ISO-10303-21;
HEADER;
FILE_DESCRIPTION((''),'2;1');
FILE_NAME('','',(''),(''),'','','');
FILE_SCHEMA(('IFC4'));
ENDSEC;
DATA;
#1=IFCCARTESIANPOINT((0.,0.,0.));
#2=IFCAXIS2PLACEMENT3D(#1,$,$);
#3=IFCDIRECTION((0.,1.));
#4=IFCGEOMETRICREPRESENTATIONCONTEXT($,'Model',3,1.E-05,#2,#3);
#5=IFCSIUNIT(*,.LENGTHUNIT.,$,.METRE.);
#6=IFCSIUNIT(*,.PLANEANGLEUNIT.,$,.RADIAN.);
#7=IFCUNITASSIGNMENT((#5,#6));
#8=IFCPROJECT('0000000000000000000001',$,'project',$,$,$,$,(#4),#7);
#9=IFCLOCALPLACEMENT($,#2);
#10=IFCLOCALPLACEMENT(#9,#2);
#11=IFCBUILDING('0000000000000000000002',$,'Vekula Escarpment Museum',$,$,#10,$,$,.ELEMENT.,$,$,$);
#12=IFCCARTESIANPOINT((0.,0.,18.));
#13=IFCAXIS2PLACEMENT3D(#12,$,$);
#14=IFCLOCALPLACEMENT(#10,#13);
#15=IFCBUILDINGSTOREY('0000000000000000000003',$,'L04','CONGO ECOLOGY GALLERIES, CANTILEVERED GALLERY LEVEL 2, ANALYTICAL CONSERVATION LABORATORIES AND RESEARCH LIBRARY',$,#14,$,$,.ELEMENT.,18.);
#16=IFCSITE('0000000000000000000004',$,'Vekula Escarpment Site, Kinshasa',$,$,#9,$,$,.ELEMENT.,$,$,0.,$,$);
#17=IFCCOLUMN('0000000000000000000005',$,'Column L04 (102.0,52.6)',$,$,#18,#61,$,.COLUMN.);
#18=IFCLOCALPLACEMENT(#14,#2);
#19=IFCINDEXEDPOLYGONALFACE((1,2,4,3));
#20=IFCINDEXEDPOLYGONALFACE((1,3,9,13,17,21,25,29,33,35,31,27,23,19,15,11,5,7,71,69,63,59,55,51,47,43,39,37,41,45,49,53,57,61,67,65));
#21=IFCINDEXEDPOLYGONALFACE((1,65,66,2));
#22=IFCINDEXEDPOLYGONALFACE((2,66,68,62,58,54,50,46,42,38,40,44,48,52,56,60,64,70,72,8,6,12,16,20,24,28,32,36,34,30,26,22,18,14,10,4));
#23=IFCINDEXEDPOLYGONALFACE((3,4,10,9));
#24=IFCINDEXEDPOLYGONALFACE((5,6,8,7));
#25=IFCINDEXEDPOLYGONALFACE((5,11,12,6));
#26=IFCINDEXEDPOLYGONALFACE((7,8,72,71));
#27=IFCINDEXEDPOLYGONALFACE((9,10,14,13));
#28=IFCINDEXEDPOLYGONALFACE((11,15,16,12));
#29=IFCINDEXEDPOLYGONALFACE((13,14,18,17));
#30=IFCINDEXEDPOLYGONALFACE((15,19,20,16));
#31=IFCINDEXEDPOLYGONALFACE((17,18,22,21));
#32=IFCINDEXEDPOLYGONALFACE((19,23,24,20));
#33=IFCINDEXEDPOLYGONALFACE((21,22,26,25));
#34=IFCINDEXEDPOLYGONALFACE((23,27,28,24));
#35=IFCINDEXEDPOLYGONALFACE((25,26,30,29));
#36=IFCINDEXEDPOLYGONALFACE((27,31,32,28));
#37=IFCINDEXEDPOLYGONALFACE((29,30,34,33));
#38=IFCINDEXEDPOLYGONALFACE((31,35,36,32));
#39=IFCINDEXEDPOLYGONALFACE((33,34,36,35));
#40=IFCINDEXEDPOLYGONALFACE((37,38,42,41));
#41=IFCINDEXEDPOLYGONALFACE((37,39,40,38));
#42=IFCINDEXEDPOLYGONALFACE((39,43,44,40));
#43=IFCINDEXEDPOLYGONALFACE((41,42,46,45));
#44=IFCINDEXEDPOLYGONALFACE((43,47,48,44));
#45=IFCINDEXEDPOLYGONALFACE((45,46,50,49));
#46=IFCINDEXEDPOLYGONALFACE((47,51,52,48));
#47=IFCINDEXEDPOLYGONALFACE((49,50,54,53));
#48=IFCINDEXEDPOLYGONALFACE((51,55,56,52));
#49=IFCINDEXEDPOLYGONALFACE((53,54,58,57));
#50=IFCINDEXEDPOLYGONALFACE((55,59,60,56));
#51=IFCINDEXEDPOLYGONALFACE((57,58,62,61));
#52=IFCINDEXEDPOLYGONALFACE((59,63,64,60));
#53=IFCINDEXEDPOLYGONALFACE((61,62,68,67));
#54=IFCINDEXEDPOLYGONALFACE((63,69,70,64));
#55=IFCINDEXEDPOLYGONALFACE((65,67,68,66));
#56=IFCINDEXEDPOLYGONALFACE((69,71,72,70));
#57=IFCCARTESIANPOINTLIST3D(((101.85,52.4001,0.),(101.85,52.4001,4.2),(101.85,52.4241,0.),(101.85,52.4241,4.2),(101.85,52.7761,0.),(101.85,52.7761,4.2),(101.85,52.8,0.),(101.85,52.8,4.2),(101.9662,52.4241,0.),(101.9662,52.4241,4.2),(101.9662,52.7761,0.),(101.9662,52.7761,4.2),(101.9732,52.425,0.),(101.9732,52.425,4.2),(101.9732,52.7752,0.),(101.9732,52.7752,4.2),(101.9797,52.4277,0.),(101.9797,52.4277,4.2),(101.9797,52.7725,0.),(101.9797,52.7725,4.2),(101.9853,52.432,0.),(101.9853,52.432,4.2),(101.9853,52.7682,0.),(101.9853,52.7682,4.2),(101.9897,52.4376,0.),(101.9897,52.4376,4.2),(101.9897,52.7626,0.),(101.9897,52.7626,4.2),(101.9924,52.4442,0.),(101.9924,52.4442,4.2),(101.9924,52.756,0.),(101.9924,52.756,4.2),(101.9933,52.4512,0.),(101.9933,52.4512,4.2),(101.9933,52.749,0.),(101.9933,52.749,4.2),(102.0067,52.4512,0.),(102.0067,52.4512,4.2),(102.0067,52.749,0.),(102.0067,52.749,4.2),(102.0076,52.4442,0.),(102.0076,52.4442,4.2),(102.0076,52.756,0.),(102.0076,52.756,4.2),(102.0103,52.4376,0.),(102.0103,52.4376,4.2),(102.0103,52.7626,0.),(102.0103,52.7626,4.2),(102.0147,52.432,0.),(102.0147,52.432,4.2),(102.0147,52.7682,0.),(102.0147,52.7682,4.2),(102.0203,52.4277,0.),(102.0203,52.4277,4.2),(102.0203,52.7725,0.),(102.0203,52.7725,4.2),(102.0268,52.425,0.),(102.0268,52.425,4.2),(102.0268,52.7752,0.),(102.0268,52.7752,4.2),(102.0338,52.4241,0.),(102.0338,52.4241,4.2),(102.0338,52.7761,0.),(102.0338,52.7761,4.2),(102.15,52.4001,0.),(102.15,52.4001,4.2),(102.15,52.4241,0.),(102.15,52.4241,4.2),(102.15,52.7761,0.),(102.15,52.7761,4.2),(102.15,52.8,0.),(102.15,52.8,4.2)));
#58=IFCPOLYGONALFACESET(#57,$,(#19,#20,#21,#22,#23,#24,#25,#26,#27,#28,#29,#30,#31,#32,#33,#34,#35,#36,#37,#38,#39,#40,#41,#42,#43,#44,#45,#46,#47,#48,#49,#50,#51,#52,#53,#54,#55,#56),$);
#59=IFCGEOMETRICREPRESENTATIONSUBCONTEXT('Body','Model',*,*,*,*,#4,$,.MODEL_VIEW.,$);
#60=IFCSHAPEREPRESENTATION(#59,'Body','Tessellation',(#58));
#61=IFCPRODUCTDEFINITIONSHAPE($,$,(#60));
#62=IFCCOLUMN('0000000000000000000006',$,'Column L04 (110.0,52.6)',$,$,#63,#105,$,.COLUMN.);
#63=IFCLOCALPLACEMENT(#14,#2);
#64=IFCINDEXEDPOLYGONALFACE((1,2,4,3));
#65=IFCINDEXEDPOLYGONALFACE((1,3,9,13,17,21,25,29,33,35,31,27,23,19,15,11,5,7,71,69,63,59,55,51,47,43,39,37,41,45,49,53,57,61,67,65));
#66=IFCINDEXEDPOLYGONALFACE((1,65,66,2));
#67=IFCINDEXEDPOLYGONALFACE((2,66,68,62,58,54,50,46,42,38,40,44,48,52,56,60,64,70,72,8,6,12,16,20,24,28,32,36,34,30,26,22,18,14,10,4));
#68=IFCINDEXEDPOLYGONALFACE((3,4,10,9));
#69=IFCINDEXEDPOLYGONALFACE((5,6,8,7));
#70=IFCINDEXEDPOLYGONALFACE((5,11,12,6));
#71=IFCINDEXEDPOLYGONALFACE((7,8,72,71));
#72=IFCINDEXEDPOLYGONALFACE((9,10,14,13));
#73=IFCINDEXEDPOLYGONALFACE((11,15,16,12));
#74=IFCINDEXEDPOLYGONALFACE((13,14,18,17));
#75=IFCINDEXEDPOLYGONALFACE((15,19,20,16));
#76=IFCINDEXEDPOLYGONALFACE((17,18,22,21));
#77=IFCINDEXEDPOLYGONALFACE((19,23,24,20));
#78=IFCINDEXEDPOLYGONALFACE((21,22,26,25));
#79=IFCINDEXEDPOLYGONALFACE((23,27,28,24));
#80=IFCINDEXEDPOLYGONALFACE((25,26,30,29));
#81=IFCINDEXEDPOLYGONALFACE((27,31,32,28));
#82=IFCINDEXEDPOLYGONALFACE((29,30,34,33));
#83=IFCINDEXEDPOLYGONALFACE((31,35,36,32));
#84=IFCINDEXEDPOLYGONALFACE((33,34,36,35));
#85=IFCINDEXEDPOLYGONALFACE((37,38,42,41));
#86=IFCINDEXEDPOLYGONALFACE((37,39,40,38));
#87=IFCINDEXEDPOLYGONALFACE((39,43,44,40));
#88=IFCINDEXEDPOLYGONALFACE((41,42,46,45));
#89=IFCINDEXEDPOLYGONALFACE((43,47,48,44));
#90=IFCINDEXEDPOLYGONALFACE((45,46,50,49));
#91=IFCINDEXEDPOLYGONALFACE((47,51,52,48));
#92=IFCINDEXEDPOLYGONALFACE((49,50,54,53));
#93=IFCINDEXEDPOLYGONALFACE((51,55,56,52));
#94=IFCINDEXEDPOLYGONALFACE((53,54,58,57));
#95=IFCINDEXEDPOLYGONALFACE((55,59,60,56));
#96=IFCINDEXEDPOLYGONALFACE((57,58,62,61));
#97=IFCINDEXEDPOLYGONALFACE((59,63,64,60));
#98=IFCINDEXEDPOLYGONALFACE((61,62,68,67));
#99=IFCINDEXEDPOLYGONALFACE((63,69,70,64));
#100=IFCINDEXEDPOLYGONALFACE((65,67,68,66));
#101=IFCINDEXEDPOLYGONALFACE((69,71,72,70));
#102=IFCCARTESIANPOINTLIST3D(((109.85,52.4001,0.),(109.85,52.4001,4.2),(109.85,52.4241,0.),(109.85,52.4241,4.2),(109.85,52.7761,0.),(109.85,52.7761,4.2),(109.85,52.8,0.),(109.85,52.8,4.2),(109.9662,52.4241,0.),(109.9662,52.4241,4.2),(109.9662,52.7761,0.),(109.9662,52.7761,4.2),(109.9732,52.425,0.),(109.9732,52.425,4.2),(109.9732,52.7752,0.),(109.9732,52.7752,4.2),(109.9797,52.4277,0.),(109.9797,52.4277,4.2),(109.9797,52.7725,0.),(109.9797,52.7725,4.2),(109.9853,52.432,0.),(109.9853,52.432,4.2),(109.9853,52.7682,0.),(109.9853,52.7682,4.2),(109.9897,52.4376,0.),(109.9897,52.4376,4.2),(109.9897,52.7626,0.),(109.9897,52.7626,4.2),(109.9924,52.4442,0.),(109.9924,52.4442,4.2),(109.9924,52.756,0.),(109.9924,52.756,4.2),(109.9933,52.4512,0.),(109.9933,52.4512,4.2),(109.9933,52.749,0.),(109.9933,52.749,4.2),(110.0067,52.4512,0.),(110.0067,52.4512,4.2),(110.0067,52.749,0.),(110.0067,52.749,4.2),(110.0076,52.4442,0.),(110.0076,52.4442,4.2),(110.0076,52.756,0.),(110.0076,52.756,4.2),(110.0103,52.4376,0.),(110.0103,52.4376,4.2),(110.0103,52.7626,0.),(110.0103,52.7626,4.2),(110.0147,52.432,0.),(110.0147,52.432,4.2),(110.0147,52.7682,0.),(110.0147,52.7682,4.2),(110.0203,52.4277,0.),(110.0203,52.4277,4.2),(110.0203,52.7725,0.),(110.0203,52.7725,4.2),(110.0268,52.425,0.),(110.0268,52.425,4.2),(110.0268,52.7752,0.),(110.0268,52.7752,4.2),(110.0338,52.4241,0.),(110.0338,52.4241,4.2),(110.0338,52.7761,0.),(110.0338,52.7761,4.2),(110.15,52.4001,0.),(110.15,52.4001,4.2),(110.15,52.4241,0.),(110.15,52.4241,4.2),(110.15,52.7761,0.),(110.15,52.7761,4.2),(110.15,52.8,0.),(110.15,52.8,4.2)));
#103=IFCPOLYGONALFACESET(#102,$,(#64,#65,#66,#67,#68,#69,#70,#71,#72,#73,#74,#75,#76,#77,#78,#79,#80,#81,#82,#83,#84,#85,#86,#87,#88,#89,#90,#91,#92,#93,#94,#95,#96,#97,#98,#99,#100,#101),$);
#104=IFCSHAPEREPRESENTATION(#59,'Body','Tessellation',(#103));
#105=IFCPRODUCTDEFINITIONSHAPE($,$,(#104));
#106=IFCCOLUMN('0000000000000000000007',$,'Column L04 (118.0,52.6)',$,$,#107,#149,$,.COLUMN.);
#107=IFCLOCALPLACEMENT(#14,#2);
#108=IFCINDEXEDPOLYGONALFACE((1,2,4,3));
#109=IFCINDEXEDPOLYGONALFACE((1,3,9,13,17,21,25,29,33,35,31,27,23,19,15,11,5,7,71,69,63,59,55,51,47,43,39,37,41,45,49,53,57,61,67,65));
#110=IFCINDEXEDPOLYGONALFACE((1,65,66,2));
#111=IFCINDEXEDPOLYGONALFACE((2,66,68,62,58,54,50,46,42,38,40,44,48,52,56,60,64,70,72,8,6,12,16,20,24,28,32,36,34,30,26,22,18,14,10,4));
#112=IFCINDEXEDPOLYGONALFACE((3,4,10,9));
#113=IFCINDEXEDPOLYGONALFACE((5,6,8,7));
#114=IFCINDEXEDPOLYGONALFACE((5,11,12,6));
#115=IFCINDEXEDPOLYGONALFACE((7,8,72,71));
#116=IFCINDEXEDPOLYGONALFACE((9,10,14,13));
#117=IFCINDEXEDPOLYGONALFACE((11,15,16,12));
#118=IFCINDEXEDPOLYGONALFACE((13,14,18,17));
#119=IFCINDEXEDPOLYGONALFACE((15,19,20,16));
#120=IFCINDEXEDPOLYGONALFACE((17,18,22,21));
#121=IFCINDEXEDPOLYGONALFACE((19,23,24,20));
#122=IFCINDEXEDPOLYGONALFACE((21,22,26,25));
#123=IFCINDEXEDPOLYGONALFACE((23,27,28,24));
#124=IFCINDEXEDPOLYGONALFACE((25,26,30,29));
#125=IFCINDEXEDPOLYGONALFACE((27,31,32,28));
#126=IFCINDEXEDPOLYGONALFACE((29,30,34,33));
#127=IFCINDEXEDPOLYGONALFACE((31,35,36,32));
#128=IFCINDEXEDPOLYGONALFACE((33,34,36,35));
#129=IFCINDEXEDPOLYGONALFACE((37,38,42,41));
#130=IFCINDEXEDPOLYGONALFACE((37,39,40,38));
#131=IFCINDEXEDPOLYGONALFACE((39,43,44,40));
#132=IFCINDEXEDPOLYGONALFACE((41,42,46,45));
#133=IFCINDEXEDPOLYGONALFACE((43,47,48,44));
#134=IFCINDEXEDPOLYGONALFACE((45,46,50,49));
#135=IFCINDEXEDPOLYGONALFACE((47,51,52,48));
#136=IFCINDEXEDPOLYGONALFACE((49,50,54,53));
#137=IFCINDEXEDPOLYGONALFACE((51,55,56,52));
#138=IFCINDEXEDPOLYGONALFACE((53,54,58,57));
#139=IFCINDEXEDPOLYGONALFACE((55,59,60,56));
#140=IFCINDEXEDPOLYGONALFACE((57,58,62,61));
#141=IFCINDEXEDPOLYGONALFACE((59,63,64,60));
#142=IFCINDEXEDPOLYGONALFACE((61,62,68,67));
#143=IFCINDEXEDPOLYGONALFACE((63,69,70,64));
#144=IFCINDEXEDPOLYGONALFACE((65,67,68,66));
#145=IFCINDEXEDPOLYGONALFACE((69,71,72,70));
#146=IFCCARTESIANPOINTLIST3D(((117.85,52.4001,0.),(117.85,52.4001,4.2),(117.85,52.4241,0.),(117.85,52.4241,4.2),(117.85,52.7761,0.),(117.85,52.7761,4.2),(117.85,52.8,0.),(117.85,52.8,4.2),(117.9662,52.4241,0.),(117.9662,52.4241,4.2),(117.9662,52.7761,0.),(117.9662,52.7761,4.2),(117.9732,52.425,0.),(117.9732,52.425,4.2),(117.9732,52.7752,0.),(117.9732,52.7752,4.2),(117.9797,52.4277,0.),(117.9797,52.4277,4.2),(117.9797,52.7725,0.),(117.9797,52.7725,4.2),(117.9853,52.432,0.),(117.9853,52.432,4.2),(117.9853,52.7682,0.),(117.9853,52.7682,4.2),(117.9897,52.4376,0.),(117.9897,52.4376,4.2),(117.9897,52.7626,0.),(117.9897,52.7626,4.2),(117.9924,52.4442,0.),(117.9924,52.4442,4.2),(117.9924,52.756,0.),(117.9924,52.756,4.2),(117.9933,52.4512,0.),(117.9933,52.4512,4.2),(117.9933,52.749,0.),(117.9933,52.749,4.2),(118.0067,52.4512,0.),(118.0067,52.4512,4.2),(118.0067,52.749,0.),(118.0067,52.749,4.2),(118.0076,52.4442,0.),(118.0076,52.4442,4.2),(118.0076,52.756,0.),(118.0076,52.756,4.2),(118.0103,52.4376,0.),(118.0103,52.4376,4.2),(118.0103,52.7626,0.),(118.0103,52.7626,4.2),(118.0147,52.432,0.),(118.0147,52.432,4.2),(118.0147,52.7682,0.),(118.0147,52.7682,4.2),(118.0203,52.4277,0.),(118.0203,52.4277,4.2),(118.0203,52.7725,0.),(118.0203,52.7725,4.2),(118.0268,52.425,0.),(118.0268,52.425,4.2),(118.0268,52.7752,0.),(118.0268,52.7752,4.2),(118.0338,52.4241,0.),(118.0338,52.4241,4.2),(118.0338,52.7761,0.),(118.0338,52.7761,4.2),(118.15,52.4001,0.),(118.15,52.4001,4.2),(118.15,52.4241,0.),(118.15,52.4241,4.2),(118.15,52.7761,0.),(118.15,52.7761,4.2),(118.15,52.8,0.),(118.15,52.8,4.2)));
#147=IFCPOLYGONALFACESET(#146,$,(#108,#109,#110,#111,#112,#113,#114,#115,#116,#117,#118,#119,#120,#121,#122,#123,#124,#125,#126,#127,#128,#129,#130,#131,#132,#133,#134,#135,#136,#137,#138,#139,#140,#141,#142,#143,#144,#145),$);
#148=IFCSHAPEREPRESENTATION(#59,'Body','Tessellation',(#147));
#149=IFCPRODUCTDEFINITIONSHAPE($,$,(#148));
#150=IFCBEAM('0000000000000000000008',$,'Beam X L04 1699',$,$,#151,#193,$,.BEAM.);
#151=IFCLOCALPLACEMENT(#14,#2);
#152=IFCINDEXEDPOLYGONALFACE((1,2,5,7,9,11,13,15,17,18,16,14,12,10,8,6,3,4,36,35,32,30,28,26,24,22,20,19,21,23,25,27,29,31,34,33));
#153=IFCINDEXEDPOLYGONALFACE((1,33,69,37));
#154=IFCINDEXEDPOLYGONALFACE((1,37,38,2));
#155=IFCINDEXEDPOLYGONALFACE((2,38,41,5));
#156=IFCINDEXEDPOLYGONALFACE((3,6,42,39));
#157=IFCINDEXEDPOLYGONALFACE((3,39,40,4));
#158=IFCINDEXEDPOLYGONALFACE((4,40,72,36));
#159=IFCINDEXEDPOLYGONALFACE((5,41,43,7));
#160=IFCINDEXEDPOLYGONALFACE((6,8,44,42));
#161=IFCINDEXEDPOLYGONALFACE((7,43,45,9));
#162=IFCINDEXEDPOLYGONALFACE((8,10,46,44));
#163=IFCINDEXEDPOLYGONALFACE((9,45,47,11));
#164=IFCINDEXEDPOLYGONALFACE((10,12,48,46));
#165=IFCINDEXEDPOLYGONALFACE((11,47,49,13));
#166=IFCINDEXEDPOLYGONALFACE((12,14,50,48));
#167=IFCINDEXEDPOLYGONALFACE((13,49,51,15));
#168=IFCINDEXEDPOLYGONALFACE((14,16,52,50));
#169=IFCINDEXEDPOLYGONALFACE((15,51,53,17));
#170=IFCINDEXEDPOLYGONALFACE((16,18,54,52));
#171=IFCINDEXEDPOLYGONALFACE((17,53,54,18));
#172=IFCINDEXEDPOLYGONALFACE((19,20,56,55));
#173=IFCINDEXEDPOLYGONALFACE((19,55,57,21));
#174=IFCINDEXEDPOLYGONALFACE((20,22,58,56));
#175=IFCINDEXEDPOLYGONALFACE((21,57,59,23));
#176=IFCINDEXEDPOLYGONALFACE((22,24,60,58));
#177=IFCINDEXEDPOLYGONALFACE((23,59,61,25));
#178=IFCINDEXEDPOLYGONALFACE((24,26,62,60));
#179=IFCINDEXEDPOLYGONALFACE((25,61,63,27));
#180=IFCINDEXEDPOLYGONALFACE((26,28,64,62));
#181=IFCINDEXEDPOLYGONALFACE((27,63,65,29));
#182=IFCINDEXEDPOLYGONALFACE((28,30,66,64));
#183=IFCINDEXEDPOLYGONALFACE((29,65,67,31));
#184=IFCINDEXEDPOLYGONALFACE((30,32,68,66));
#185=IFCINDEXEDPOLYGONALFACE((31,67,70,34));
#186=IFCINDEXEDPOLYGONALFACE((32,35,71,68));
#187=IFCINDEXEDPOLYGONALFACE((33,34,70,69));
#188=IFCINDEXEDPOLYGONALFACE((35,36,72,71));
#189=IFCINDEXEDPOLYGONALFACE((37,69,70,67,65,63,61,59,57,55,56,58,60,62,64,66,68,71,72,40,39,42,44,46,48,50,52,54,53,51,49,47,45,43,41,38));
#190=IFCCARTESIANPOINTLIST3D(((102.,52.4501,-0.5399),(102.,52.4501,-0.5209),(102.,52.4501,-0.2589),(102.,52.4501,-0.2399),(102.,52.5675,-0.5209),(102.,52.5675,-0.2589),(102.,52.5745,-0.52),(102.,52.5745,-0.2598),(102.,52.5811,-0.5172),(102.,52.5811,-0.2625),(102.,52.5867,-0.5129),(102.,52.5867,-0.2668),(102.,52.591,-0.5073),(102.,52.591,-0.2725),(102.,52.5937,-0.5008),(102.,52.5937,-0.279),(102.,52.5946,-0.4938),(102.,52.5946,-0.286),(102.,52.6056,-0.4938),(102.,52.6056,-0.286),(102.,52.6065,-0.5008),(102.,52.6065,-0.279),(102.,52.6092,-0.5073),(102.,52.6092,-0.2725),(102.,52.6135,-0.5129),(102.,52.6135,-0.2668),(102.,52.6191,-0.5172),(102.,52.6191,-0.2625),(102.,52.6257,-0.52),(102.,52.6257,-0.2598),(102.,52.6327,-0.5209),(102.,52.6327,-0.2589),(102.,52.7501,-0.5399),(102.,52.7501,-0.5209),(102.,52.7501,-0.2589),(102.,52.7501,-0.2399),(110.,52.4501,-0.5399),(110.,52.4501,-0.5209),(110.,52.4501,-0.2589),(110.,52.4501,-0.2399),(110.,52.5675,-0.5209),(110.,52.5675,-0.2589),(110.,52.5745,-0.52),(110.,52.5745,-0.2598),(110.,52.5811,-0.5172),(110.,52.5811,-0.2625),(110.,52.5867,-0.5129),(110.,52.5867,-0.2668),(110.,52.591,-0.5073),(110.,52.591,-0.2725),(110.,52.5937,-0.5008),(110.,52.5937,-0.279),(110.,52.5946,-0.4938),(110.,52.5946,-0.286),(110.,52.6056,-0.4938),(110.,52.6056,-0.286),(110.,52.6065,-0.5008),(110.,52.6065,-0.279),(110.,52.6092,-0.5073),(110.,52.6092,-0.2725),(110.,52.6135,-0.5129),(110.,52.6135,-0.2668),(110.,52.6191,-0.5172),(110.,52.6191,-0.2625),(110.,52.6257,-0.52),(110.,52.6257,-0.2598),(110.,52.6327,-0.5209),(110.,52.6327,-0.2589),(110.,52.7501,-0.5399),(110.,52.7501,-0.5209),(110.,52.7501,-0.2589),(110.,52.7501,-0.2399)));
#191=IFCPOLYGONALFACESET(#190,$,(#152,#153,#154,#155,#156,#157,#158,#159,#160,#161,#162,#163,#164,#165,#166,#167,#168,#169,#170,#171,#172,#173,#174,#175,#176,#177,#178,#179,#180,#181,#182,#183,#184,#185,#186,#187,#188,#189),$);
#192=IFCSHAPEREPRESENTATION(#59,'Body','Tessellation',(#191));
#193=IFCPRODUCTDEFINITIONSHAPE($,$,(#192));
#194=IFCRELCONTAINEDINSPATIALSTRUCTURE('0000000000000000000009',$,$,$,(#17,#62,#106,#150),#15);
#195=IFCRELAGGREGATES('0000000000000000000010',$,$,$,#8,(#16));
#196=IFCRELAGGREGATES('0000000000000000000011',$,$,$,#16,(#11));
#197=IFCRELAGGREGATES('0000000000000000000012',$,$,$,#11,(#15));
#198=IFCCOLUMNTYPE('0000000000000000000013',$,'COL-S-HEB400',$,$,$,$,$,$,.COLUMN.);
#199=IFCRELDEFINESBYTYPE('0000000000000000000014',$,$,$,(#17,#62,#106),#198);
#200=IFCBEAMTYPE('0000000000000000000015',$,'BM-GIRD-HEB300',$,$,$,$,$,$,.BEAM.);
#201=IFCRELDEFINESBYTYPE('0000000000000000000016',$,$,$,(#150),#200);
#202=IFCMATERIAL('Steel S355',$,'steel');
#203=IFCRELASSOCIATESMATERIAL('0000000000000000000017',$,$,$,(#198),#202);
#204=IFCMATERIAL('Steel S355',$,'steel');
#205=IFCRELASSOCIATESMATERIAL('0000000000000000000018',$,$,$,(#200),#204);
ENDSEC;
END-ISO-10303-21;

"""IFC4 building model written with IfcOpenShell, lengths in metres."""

from ifc_helpers import new_model, si_unit, direction, frame, origin, origin_2d, place, context, subcontext, project, spatial, i_section, extrude, material, material_profile, profile_set, type_object, element, save


model = new_model("IFC4")

# Units and contexts
model_context = context("Model", 3, precision=1e-05, world=origin(), true_north=direction((0.0, 1.0)))
body_context = subcontext(model_context, "Body", "Model", "MODEL_VIEW")
ifc_project = project(units=[si_unit("LENGTHUNIT", "METRE"), si_unit("PLANEANGLEUNIT", "RADIAN")], contexts=[model_context])

# Site, building, storey
site_placement = place(None, origin())
site = spatial("IfcSite", under=ifc_project, at=site_placement, Name="Vekula Escarpment Site, Kinshasa", CompositionType="ELEMENT", RefElevation=0.0)
building_placement = place(site_placement, origin())
building = spatial("IfcBuilding", under=site, at=building_placement, Name="Vekula Escarpment Museum", CompositionType="ELEMENT")
storey_placement = place(building_placement, frame((0.0, 0.0, 18.0)))
storey = spatial("IfcBuildingStorey", under=building, at=storey_placement, Name="L04", Description="CONGO ECOLOGY GALLERIES, CANTILEVERED GALLERY LEVEL 2, ANALYTICAL CONSERVATION LABORATORIES AND RESEARCH LIBRARY", CompositionType="ELEMENT", Elevation=18.0)

# Columns
ifc_material_1 = material(Name="Steel S355", Category="steel")
ifc_material_profile_1 = material_profile(ifc_material_1, i_section(OverallWidth=0.3, OverallDepth=0.3999, WebThickness=0.0134, FlangeThickness=0.0239, FilletRadius=0.0271, at=origin_2d()), Name="HEB 400")
ifc_profile_set_1 = profile_set([ifc_material_profile_1], Name="Steel S355")
column_type = type_object("IfcColumnType", Name="COL-S-HEB400", PredefinedType="COLUMN", material=ifc_profile_set_1)
for number, where, z_axis, x_axis, name in (
    (1, (102.0, 52.6001, 0.0), (0.0, 0.0, 1.0), (1.0, 0.0, 0.0), "Column L04 (102.0,52.6)"),
    (2, (110.0, 52.6001, 0.0), (0.0, 0.0, 1.0), (1.0, 0.0, 0.0), "Column L04 (110.0,52.6)"),
    (3, (118.0, 52.6001, 0.0), (0.0, 0.0, 1.0), (1.0, 0.0, 0.0), "Column L04 (118.0,52.6)"),
):
    element("IfcColumn", number, at=place(storey_placement, frame(where, z_axis=z_axis, x_axis=x_axis)), inside=storey, type_object=column_type, Name=name, PredefinedType="COLUMN", context=body_context, shape_type="SweptSolid", body=[
        extrude(i_section(OverallWidth=0.3, OverallDepth=0.3999, WebThickness=0.0134, FlangeThickness=0.0239, FilletRadius=0.0271, at=origin_2d()), origin(), (0.0, 0.0, 1.0), 4.2),
    ])

# Beam
ifc_material_2 = material(Name="Steel S355", Category="steel")
ifc_material_profile_2 = material_profile(ifc_material_2, i_section(OverallWidth=0.3, OverallDepth=0.3, WebThickness=0.011, FlangeThickness=0.019, FilletRadius=0.0271, at=origin_2d()), Name="HEB 300")
ifc_profile_set_2 = profile_set([ifc_material_profile_2], Name="Steel S355")
beam_type_1 = type_object("IfcBeamType", Name="BM-GIRD-HEB300", PredefinedType="BEAM", material=ifc_profile_set_2)
beam_1_placement = place(storey_placement, frame((102.0, 52.6001, -0.3899), z_axis=(1.0, 0.0, 0.0), x_axis=(0.0, 1.0, 0.0)))
element("IfcBeam", 4, at=beam_1_placement, inside=storey, type_object=beam_type_1, Name="Beam X L04 1699", PredefinedType="BEAM", context=body_context, shape_type="SweptSolid", body=[
    extrude(i_section(OverallWidth=0.3, OverallDepth=0.3, WebThickness=0.011, FlangeThickness=0.019, FilletRadius=0.0271, at=origin_2d()), origin(), (0.0, 0.0, 1.0), 8.0),
])

save(model, "model.ifc")
